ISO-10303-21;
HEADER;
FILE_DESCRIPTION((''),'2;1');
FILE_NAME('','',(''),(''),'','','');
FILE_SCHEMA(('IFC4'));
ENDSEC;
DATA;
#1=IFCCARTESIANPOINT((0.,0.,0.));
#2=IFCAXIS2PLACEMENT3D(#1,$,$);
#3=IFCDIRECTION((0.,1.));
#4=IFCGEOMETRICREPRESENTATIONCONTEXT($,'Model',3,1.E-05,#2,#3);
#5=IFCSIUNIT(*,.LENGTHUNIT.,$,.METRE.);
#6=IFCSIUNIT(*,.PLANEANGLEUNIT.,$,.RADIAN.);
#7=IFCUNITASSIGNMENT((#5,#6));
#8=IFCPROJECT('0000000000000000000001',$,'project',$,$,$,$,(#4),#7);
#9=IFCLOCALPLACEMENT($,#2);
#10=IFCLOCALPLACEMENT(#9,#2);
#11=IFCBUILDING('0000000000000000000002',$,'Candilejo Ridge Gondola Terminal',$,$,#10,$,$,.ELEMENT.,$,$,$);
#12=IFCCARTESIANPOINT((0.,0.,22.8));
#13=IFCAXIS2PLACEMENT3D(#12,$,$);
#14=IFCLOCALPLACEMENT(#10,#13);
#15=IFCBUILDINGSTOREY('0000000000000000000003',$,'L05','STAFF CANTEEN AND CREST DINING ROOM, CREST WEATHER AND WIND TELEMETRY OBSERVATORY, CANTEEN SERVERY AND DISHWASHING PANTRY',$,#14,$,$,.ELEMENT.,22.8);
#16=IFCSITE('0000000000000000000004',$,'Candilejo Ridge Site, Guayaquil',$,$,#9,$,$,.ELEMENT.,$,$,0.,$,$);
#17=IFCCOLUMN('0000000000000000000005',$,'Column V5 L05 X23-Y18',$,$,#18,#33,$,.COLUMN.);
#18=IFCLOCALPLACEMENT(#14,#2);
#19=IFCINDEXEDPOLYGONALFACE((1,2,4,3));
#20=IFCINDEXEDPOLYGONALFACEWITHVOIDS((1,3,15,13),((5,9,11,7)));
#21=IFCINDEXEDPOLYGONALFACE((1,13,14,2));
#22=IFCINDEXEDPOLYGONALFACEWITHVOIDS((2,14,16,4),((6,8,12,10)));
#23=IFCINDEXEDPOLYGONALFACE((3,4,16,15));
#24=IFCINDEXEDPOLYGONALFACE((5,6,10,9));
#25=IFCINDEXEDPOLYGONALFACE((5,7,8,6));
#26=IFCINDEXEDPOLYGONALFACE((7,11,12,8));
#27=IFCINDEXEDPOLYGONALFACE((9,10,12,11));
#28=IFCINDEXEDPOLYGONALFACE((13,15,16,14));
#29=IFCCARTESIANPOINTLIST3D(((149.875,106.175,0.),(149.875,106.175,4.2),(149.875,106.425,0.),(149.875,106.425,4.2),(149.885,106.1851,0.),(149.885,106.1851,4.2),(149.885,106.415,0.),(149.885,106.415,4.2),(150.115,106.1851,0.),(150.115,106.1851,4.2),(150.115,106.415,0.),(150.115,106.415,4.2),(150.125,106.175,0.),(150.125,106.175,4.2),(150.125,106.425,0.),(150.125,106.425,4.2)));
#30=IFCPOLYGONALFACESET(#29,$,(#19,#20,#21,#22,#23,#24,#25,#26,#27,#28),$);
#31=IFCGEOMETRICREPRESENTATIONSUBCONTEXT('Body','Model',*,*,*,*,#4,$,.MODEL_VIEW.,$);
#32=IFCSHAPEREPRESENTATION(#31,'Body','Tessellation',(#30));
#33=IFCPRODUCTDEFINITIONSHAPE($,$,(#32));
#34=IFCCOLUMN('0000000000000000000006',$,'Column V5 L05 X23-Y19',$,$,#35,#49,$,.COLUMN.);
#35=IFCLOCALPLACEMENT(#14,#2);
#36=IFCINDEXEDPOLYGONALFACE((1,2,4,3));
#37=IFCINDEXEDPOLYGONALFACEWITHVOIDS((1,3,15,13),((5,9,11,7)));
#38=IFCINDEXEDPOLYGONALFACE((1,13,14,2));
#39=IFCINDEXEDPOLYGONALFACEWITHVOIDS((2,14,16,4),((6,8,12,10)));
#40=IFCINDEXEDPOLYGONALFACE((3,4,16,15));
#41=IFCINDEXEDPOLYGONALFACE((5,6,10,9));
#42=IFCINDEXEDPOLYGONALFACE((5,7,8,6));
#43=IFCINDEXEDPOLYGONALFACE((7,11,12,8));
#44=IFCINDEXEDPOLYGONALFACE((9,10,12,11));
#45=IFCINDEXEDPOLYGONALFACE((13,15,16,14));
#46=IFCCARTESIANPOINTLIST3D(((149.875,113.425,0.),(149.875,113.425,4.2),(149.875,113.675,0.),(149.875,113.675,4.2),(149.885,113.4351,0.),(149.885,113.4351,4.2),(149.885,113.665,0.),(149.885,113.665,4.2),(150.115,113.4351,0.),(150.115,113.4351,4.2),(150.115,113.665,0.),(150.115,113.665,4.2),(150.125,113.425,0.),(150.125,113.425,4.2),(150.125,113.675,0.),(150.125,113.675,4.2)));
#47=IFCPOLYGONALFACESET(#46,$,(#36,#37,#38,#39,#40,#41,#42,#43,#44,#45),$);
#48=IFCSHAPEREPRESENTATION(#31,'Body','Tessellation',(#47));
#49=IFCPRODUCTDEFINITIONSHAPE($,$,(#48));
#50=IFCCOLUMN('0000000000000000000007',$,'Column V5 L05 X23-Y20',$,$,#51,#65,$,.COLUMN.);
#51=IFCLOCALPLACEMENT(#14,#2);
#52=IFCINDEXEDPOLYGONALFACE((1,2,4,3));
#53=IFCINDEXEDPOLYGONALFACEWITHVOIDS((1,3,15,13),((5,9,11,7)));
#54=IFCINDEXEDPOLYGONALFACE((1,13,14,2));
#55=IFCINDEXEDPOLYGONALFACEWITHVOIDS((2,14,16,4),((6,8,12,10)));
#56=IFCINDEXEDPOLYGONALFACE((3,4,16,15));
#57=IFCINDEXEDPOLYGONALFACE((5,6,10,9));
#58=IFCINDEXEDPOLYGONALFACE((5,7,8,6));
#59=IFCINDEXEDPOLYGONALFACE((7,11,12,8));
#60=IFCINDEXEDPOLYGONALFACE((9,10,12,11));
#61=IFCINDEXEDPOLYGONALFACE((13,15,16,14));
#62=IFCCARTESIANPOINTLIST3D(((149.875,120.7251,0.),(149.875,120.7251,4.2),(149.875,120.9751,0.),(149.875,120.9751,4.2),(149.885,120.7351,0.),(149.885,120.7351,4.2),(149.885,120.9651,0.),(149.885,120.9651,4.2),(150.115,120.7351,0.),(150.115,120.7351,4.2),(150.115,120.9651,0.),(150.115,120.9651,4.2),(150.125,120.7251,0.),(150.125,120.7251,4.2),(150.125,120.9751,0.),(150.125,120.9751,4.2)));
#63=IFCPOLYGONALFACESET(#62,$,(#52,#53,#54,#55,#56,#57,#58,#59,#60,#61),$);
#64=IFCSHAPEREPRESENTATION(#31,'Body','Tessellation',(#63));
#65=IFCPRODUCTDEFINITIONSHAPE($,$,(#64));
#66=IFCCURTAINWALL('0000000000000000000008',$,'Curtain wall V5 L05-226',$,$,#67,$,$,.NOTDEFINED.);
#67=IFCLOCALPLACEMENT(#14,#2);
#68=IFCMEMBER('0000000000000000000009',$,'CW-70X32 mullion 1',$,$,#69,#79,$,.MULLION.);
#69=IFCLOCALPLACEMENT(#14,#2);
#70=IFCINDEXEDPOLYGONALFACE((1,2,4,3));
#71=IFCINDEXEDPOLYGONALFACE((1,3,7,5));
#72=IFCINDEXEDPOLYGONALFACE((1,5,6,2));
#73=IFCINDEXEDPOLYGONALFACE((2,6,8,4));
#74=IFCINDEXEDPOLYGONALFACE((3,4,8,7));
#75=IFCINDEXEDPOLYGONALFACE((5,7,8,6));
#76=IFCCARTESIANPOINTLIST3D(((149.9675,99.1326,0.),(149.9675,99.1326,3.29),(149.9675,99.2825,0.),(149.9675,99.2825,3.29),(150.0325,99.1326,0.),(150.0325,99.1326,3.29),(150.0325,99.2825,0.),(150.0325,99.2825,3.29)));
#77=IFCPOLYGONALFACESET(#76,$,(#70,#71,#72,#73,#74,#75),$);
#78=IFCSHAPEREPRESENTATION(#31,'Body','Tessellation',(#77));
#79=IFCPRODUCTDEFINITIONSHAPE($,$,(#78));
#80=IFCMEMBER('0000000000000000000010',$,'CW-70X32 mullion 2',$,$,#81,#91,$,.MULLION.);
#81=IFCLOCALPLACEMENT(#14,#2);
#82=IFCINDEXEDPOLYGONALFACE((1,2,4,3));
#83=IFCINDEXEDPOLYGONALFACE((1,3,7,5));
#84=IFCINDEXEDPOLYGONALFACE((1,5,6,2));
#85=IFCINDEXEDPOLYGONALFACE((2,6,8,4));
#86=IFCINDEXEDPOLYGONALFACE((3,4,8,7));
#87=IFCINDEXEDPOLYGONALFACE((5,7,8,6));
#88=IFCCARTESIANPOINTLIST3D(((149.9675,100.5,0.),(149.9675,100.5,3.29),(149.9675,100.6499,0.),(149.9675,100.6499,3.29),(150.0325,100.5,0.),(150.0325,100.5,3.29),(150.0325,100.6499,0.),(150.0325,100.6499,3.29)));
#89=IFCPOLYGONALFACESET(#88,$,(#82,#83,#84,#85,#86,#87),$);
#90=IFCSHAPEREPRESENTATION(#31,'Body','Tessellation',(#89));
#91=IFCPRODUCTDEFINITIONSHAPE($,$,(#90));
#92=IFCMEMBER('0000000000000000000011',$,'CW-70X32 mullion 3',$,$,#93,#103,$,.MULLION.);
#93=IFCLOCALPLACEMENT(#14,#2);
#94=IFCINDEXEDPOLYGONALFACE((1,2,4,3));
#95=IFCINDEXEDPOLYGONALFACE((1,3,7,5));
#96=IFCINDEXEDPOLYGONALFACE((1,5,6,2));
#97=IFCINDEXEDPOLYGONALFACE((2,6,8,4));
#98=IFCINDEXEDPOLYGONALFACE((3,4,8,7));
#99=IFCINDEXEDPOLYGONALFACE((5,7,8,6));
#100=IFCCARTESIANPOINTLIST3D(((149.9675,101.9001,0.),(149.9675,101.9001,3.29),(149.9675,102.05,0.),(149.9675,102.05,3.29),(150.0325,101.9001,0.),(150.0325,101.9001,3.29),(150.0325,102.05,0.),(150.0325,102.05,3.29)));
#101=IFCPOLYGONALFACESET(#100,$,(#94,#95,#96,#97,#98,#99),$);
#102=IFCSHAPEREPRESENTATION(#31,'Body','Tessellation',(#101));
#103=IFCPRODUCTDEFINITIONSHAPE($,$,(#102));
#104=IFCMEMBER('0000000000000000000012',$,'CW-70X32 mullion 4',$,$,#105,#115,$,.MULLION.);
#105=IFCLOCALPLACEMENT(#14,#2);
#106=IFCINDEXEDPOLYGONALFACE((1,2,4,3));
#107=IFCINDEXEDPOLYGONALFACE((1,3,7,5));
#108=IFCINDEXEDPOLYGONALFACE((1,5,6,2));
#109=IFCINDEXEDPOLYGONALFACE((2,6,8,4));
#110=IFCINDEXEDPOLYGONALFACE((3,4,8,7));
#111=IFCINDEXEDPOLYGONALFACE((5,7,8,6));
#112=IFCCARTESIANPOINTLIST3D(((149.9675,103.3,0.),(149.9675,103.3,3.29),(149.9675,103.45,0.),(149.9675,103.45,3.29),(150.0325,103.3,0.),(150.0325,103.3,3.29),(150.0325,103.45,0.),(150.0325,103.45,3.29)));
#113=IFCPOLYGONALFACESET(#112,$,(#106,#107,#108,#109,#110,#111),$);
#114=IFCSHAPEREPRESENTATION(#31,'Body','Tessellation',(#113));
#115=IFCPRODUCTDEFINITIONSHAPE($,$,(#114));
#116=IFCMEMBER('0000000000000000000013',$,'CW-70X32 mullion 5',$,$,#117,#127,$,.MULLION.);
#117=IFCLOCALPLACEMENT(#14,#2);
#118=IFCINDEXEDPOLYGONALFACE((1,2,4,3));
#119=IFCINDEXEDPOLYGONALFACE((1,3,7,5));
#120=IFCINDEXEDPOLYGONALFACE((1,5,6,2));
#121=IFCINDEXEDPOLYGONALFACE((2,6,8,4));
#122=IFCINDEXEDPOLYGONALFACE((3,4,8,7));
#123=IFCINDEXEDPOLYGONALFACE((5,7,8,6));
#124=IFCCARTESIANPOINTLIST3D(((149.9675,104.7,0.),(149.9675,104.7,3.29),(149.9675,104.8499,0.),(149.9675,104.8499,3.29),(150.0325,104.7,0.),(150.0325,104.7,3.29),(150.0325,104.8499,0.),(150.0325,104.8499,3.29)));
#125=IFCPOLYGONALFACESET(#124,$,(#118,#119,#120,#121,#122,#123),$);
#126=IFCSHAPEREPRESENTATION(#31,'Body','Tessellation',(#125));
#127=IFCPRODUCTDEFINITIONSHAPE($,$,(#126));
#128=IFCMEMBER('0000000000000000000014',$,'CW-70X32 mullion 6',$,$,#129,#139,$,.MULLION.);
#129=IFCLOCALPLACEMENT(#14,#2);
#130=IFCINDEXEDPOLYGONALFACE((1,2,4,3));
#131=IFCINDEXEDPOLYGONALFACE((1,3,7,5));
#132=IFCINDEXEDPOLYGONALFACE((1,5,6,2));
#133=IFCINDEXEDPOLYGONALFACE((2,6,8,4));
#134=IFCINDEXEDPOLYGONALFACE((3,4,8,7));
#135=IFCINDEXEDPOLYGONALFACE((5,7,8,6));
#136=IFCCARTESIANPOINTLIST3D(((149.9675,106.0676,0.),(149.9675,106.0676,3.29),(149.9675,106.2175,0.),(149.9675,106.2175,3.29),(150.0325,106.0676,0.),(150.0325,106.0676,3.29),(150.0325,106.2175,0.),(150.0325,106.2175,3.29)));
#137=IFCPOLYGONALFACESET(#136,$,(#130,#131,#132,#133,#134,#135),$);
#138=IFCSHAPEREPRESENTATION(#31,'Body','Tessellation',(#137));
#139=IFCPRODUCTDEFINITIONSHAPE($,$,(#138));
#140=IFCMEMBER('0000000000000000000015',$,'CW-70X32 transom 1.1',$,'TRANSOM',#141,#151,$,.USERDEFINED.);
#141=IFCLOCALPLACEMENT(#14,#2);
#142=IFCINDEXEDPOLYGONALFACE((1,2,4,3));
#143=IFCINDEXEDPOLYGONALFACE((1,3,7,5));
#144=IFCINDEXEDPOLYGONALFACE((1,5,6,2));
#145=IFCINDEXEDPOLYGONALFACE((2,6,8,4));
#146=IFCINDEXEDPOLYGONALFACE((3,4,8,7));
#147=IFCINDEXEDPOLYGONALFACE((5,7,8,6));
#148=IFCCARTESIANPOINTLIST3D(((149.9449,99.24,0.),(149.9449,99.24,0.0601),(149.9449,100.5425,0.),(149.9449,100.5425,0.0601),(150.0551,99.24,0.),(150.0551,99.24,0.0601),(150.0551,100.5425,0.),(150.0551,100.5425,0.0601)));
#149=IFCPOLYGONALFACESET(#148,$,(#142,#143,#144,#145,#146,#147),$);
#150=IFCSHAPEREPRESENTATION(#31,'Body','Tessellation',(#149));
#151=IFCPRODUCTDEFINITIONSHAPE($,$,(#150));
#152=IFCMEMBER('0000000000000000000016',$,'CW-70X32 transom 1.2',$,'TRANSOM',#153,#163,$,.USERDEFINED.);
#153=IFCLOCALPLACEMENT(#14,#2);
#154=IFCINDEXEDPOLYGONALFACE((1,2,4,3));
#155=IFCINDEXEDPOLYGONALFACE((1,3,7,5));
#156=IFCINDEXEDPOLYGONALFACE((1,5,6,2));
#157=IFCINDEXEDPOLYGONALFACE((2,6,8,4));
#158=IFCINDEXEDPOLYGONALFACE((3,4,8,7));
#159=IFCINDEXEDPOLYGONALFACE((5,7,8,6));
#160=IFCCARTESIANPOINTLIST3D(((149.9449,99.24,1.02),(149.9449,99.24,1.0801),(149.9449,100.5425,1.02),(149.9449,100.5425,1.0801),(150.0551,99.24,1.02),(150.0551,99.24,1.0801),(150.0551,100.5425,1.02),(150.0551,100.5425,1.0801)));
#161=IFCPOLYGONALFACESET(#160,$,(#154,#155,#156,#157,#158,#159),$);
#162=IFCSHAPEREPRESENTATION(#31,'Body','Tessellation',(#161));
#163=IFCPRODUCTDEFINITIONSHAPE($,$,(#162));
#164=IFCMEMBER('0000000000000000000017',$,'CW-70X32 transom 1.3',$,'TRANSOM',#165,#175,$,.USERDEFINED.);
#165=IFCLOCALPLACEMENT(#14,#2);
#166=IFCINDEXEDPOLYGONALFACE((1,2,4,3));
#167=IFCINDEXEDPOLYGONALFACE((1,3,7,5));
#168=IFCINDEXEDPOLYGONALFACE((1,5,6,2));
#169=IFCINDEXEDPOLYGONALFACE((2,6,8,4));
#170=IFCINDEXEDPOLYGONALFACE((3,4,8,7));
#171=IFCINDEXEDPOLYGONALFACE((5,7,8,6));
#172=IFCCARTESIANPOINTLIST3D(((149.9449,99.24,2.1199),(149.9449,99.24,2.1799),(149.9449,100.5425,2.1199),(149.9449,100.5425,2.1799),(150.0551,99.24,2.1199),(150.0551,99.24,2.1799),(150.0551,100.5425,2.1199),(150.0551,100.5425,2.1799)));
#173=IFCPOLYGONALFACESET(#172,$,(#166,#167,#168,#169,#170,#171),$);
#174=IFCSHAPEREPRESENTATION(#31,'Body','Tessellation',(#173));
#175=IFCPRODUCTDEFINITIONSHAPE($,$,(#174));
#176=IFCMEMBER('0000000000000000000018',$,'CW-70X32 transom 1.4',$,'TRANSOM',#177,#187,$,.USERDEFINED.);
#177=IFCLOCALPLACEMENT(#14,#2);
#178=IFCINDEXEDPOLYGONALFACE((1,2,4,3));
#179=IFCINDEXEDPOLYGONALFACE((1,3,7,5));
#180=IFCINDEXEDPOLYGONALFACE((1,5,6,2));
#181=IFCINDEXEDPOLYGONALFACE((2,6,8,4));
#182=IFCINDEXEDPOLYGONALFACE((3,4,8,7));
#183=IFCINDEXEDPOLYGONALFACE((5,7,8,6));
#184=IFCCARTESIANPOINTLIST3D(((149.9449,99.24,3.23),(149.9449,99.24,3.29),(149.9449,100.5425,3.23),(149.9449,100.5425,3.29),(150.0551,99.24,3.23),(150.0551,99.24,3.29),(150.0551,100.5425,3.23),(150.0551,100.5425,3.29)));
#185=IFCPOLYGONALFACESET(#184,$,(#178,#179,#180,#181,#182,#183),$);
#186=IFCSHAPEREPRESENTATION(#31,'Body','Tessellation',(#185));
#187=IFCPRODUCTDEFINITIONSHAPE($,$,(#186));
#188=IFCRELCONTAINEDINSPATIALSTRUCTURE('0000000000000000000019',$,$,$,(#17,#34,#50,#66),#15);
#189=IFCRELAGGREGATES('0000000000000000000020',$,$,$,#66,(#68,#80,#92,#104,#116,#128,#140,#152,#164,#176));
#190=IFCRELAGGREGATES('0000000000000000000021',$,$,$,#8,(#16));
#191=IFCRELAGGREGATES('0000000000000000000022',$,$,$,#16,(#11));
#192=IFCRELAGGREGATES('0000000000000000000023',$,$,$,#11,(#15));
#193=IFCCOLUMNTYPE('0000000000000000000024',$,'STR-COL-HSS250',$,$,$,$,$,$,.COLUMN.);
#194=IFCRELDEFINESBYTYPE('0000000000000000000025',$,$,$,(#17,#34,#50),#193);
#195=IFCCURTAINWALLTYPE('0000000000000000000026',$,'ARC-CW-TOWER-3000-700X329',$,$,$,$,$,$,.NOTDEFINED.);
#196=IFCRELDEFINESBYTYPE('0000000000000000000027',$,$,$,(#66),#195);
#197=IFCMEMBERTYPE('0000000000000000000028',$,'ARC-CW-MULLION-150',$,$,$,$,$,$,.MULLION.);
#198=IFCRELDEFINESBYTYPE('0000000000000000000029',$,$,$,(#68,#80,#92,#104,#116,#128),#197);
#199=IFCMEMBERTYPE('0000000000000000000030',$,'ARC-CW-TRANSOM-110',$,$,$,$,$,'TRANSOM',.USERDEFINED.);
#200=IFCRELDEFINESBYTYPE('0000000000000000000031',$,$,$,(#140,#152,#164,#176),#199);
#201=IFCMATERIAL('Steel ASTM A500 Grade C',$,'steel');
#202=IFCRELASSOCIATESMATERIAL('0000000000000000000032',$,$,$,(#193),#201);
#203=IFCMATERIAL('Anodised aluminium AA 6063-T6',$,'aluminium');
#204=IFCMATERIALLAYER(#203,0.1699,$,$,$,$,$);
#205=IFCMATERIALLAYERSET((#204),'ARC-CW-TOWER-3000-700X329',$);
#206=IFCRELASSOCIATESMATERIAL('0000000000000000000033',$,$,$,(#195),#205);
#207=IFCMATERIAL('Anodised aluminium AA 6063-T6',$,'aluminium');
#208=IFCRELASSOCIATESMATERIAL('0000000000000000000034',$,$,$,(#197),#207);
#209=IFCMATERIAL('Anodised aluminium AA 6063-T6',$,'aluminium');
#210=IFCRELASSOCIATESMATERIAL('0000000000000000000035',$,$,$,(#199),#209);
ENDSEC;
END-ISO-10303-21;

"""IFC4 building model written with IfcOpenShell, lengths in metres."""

from ifc_helpers import new_model, si_unit, direction, frame, origin, origin_2d, place, context, subcontext, project, spatial, rectangle, hollow_rectangle, extrude, material, layer, layer_set, material_profile, profile_set, type_object, element, aggregate, save


model = new_model("IFC4")

# Units and contexts
model_context = context("Model", 3, precision=1e-05, world=origin(), true_north=direction((0.0, 1.0)))
body_context = subcontext(model_context, "Body", "Model", "MODEL_VIEW")
ifc_project = project(units=[si_unit("LENGTHUNIT", "METRE"), si_unit("PLANEANGLEUNIT", "RADIAN")], contexts=[model_context])

# Site, building, storey
site_placement = place(None, origin())
site = spatial("IfcSite", under=ifc_project, at=site_placement, Name="Candilejo Ridge Site, Guayaquil", CompositionType="ELEMENT", RefElevation=0.0)
building_placement = place(site_placement, origin())
building = spatial("IfcBuilding", under=site, at=building_placement, Name="Candilejo Ridge Gondola Terminal", CompositionType="ELEMENT")
storey_placement = place(building_placement, frame((0.0, 0.0, 22.8)))
storey = spatial("IfcBuildingStorey", under=building, at=storey_placement, Name="L05", Description="STAFF CANTEEN AND CREST DINING ROOM, CREST WEATHER AND WIND TELEMETRY OBSERVATORY, CANTEEN SERVERY AND DISHWASHING PANTRY", CompositionType="ELEMENT", Elevation=22.8)

# Columns
ifc_material_1 = material(Name="Steel ASTM A500 Grade C", Category="steel")
ifc_material_profile_1 = material_profile(ifc_material_1, hollow_rectangle(XDim=0.25, YDim=0.25, WallThickness=0.01, at=origin_2d()))
ifc_profile_set_1 = profile_set([ifc_material_profile_1], Name="Steel ASTM A500 Grade C")
column_type = type_object("IfcColumnType", Name="STR-COL-HSS250", PredefinedType="COLUMN", material=ifc_profile_set_1)
for number, where, z_axis, x_axis, name in (
    (1, (150.0, 106.3, 0.0), (0.0, 0.0, 1.0), (1.0, 0.0, 0.0), "Column V5 L05 X23-Y18"),
    (2, (150.0, 113.55, 0.0), (0.0, 0.0, 1.0), (1.0, 0.0, 0.0), "Column V5 L05 X23-Y19"),
    (3, (150.0, 120.8501, 0.0), (0.0, 0.0, 1.0), (1.0, 0.0, 0.0), "Column V5 L05 X23-Y20"),
):
    element("IfcColumn", number, at=place(storey_placement, frame(where, z_axis=z_axis, x_axis=x_axis)), inside=storey, type_object=column_type, Name=name, PredefinedType="COLUMN", context=body_context, shape_type="SweptSolid", body=[
        extrude(hollow_rectangle(XDim=0.25, YDim=0.25, WallThickness=0.01, at=origin_2d()), origin(), (0.0, 0.0, 1.0), 4.2),
    ])

# Curtain wall, members
ifc_material_2 = material(Name="Anodised aluminium AA 6063-T6", Category="aluminium")
ifc_layer_1 = layer(ifc_material_2, 0.1699)
ifc_layer_set_1 = layer_set([ifc_layer_1], Name="ARC-CW-TOWER-3000-700X329")
curtain_wall_type = type_object("IfcCurtainWallType", Name="ARC-CW-TOWER-3000-700X329", PredefinedType="NOTDEFINED", material=ifc_layer_set_1)
curtain_wall_placement = place(storey_placement, origin())
curtain_wall = element("IfcCurtainWall", 4, at=curtain_wall_placement, inside=storey, type_object=curtain_wall_type, Name="Curtain wall V5 L05-226", PredefinedType="NOTDEFINED")
ifc_material_3 = material(Name="Anodised aluminium AA 6063-T6", Category="aluminium")
ifc_material_profile_2 = material_profile(ifc_material_3, rectangle(XDim=0.0649, YDim=0.1499, at=origin_2d()))
ifc_profile_set_2 = profile_set([ifc_material_profile_2], Name="Anodised aluminium AA 6063-T6")
member_type_1 = type_object("IfcMemberType", Name="ARC-CW-MULLION-150", PredefinedType="MULLION", material=ifc_profile_set_2)
member_1_placement = place(storey_placement, frame((150.0, 99.2075, 0.0), z_axis=(0.0, 0.0, 1.0), x_axis=(-1.0, 0.0, 0.0)))
member_1 = element("IfcMember", 5, at=member_1_placement, type_object=member_type_1, Name="CW-70X32 mullion 1", PredefinedType="MULLION", context=body_context, shape_type="SweptSolid", body=[
    extrude(rectangle(XDim=0.0649, YDim=0.1499, at=origin_2d()), origin(), (0.0, 0.0, 1.0), 3.29),
])
member_2_placement = place(storey_placement, frame((150.0, 100.575, 0.0), z_axis=(0.0, 0.0, 1.0), x_axis=(-1.0, 0.0, 0.0)))
member_2 = element("IfcMember", 6, at=member_2_placement, type_object=member_type_1, Name="CW-70X32 mullion 2", PredefinedType="MULLION", context=body_context, shape_type="SweptSolid", body=[
    extrude(rectangle(XDim=0.0649, YDim=0.1499, at=origin_2d()), origin(), (0.0, 0.0, 1.0), 3.29),
])
member_3_placement = place(storey_placement, frame((150.0, 101.9751, 0.0), z_axis=(0.0, 0.0, 1.0), x_axis=(-1.0, 0.0, 0.0)))
member_3 = element("IfcMember", 7, at=member_3_placement, type_object=member_type_1, Name="CW-70X32 mullion 3", PredefinedType="MULLION", context=body_context, shape_type="SweptSolid", body=[
    extrude(rectangle(XDim=0.0649, YDim=0.1499, at=origin_2d()), origin(), (0.0, 0.0, 1.0), 3.29),
])
member_4_placement = place(storey_placement, frame((150.0, 103.375, 0.0), z_axis=(0.0, 0.0, 1.0), x_axis=(-1.0, 0.0, 0.0)))
member_4 = element("IfcMember", 8, at=member_4_placement, type_object=member_type_1, Name="CW-70X32 mullion 4", PredefinedType="MULLION", context=body_context, shape_type="SweptSolid", body=[
    extrude(rectangle(XDim=0.0649, YDim=0.1499, at=origin_2d()), origin(), (0.0, 0.0, 1.0), 3.29),
])
member_5_placement = place(storey_placement, frame((150.0, 104.7749, 0.0), z_axis=(0.0, 0.0, 1.0), x_axis=(-1.0, 0.0, 0.0)))
member_5 = element("IfcMember", 9, at=member_5_placement, type_object=member_type_1, Name="CW-70X32 mullion 5", PredefinedType="MULLION", context=body_context, shape_type="SweptSolid", body=[
    extrude(rectangle(XDim=0.0649, YDim=0.1499, at=origin_2d()), origin(), (0.0, 0.0, 1.0), 3.29),
])
member_6_placement = place(storey_placement, frame((150.0, 106.1426, 0.0), z_axis=(0.0, 0.0, 1.0), x_axis=(-1.0, 0.0, 0.0)))
member_6 = element("IfcMember", 10, at=member_6_placement, type_object=member_type_1, Name="CW-70X32 mullion 6", PredefinedType="MULLION", context=body_context, shape_type="SweptSolid", body=[
    extrude(rectangle(XDim=0.0649, YDim=0.1499, at=origin_2d()), origin(), (0.0, 0.0, 1.0), 3.29),
])
ifc_material_4 = material(Name="Anodised aluminium AA 6063-T6", Category="aluminium")
ifc_material_profile_3 = material_profile(ifc_material_4, rectangle(XDim=0.1101, YDim=0.0601, at=origin_2d()))
ifc_profile_set_3 = profile_set([ifc_material_profile_3], Name="Anodised aluminium AA 6063-T6")
member_type_2 = type_object("IfcMemberType", Name="ARC-CW-TRANSOM-110", ElementType="TRANSOM", PredefinedType="USERDEFINED", material=ifc_profile_set_3)
member_7_placement = place(storey_placement, frame((150.0, 99.24, 0.03), z_axis=(0.0, 1.0, 0.0), x_axis=(-1.0, 0.0, 0.0)))
member_7 = element("IfcMember", 11, at=member_7_placement, type_object=member_type_2, Name="CW-70X32 transom 1.1", ObjectType="TRANSOM", PredefinedType="USERDEFINED", context=body_context, shape_type="SweptSolid", body=[
    extrude(rectangle(XDim=0.1101, YDim=0.0601, at=origin_2d()), origin(), (0.0, 0.0, 1.0), 1.3025),
])
member_8_placement = place(storey_placement, frame((150.0, 99.24, 1.05), z_axis=(0.0, 1.0, 0.0), x_axis=(-1.0, 0.0, 0.0)))
member_8 = element("IfcMember", 12, at=member_8_placement, type_object=member_type_2, Name="CW-70X32 transom 1.2", ObjectType="TRANSOM", PredefinedType="USERDEFINED", context=body_context, shape_type="SweptSolid", body=[
    extrude(rectangle(XDim=0.1101, YDim=0.0601, at=origin_2d()), origin(), (0.0, 0.0, 1.0), 1.3025),
])
member_9_placement = place(storey_placement, frame((150.0, 99.24, 2.1499), z_axis=(0.0, 1.0, 0.0), x_axis=(-1.0, 0.0, 0.0)))
member_9 = element("IfcMember", 13, at=member_9_placement, type_object=member_type_2, Name="CW-70X32 transom 1.3", ObjectType="TRANSOM", PredefinedType="USERDEFINED", context=body_context, shape_type="SweptSolid", body=[
    extrude(rectangle(XDim=0.1101, YDim=0.0601, at=origin_2d()), origin(), (0.0, 0.0, 1.0), 1.3025),
])
member_10_placement = place(storey_placement, frame((150.0, 99.24, 3.26), z_axis=(0.0, 1.0, 0.0), x_axis=(-1.0, 0.0, 0.0)))
member_10 = element("IfcMember", 14, at=member_10_placement, type_object=member_type_2, Name="CW-70X32 transom 1.4", ObjectType="TRANSOM", PredefinedType="USERDEFINED", context=body_context, shape_type="SweptSolid", body=[
    extrude(rectangle(XDim=0.1101, YDim=0.0601, at=origin_2d()), origin(), (0.0, 0.0, 1.0), 1.3025),
])

aggregate(curtain_wall, [member_1, member_2, member_3, member_4, member_5, member_6, member_7, member_8, member_9, member_10])

save(model, "model.ifc")
